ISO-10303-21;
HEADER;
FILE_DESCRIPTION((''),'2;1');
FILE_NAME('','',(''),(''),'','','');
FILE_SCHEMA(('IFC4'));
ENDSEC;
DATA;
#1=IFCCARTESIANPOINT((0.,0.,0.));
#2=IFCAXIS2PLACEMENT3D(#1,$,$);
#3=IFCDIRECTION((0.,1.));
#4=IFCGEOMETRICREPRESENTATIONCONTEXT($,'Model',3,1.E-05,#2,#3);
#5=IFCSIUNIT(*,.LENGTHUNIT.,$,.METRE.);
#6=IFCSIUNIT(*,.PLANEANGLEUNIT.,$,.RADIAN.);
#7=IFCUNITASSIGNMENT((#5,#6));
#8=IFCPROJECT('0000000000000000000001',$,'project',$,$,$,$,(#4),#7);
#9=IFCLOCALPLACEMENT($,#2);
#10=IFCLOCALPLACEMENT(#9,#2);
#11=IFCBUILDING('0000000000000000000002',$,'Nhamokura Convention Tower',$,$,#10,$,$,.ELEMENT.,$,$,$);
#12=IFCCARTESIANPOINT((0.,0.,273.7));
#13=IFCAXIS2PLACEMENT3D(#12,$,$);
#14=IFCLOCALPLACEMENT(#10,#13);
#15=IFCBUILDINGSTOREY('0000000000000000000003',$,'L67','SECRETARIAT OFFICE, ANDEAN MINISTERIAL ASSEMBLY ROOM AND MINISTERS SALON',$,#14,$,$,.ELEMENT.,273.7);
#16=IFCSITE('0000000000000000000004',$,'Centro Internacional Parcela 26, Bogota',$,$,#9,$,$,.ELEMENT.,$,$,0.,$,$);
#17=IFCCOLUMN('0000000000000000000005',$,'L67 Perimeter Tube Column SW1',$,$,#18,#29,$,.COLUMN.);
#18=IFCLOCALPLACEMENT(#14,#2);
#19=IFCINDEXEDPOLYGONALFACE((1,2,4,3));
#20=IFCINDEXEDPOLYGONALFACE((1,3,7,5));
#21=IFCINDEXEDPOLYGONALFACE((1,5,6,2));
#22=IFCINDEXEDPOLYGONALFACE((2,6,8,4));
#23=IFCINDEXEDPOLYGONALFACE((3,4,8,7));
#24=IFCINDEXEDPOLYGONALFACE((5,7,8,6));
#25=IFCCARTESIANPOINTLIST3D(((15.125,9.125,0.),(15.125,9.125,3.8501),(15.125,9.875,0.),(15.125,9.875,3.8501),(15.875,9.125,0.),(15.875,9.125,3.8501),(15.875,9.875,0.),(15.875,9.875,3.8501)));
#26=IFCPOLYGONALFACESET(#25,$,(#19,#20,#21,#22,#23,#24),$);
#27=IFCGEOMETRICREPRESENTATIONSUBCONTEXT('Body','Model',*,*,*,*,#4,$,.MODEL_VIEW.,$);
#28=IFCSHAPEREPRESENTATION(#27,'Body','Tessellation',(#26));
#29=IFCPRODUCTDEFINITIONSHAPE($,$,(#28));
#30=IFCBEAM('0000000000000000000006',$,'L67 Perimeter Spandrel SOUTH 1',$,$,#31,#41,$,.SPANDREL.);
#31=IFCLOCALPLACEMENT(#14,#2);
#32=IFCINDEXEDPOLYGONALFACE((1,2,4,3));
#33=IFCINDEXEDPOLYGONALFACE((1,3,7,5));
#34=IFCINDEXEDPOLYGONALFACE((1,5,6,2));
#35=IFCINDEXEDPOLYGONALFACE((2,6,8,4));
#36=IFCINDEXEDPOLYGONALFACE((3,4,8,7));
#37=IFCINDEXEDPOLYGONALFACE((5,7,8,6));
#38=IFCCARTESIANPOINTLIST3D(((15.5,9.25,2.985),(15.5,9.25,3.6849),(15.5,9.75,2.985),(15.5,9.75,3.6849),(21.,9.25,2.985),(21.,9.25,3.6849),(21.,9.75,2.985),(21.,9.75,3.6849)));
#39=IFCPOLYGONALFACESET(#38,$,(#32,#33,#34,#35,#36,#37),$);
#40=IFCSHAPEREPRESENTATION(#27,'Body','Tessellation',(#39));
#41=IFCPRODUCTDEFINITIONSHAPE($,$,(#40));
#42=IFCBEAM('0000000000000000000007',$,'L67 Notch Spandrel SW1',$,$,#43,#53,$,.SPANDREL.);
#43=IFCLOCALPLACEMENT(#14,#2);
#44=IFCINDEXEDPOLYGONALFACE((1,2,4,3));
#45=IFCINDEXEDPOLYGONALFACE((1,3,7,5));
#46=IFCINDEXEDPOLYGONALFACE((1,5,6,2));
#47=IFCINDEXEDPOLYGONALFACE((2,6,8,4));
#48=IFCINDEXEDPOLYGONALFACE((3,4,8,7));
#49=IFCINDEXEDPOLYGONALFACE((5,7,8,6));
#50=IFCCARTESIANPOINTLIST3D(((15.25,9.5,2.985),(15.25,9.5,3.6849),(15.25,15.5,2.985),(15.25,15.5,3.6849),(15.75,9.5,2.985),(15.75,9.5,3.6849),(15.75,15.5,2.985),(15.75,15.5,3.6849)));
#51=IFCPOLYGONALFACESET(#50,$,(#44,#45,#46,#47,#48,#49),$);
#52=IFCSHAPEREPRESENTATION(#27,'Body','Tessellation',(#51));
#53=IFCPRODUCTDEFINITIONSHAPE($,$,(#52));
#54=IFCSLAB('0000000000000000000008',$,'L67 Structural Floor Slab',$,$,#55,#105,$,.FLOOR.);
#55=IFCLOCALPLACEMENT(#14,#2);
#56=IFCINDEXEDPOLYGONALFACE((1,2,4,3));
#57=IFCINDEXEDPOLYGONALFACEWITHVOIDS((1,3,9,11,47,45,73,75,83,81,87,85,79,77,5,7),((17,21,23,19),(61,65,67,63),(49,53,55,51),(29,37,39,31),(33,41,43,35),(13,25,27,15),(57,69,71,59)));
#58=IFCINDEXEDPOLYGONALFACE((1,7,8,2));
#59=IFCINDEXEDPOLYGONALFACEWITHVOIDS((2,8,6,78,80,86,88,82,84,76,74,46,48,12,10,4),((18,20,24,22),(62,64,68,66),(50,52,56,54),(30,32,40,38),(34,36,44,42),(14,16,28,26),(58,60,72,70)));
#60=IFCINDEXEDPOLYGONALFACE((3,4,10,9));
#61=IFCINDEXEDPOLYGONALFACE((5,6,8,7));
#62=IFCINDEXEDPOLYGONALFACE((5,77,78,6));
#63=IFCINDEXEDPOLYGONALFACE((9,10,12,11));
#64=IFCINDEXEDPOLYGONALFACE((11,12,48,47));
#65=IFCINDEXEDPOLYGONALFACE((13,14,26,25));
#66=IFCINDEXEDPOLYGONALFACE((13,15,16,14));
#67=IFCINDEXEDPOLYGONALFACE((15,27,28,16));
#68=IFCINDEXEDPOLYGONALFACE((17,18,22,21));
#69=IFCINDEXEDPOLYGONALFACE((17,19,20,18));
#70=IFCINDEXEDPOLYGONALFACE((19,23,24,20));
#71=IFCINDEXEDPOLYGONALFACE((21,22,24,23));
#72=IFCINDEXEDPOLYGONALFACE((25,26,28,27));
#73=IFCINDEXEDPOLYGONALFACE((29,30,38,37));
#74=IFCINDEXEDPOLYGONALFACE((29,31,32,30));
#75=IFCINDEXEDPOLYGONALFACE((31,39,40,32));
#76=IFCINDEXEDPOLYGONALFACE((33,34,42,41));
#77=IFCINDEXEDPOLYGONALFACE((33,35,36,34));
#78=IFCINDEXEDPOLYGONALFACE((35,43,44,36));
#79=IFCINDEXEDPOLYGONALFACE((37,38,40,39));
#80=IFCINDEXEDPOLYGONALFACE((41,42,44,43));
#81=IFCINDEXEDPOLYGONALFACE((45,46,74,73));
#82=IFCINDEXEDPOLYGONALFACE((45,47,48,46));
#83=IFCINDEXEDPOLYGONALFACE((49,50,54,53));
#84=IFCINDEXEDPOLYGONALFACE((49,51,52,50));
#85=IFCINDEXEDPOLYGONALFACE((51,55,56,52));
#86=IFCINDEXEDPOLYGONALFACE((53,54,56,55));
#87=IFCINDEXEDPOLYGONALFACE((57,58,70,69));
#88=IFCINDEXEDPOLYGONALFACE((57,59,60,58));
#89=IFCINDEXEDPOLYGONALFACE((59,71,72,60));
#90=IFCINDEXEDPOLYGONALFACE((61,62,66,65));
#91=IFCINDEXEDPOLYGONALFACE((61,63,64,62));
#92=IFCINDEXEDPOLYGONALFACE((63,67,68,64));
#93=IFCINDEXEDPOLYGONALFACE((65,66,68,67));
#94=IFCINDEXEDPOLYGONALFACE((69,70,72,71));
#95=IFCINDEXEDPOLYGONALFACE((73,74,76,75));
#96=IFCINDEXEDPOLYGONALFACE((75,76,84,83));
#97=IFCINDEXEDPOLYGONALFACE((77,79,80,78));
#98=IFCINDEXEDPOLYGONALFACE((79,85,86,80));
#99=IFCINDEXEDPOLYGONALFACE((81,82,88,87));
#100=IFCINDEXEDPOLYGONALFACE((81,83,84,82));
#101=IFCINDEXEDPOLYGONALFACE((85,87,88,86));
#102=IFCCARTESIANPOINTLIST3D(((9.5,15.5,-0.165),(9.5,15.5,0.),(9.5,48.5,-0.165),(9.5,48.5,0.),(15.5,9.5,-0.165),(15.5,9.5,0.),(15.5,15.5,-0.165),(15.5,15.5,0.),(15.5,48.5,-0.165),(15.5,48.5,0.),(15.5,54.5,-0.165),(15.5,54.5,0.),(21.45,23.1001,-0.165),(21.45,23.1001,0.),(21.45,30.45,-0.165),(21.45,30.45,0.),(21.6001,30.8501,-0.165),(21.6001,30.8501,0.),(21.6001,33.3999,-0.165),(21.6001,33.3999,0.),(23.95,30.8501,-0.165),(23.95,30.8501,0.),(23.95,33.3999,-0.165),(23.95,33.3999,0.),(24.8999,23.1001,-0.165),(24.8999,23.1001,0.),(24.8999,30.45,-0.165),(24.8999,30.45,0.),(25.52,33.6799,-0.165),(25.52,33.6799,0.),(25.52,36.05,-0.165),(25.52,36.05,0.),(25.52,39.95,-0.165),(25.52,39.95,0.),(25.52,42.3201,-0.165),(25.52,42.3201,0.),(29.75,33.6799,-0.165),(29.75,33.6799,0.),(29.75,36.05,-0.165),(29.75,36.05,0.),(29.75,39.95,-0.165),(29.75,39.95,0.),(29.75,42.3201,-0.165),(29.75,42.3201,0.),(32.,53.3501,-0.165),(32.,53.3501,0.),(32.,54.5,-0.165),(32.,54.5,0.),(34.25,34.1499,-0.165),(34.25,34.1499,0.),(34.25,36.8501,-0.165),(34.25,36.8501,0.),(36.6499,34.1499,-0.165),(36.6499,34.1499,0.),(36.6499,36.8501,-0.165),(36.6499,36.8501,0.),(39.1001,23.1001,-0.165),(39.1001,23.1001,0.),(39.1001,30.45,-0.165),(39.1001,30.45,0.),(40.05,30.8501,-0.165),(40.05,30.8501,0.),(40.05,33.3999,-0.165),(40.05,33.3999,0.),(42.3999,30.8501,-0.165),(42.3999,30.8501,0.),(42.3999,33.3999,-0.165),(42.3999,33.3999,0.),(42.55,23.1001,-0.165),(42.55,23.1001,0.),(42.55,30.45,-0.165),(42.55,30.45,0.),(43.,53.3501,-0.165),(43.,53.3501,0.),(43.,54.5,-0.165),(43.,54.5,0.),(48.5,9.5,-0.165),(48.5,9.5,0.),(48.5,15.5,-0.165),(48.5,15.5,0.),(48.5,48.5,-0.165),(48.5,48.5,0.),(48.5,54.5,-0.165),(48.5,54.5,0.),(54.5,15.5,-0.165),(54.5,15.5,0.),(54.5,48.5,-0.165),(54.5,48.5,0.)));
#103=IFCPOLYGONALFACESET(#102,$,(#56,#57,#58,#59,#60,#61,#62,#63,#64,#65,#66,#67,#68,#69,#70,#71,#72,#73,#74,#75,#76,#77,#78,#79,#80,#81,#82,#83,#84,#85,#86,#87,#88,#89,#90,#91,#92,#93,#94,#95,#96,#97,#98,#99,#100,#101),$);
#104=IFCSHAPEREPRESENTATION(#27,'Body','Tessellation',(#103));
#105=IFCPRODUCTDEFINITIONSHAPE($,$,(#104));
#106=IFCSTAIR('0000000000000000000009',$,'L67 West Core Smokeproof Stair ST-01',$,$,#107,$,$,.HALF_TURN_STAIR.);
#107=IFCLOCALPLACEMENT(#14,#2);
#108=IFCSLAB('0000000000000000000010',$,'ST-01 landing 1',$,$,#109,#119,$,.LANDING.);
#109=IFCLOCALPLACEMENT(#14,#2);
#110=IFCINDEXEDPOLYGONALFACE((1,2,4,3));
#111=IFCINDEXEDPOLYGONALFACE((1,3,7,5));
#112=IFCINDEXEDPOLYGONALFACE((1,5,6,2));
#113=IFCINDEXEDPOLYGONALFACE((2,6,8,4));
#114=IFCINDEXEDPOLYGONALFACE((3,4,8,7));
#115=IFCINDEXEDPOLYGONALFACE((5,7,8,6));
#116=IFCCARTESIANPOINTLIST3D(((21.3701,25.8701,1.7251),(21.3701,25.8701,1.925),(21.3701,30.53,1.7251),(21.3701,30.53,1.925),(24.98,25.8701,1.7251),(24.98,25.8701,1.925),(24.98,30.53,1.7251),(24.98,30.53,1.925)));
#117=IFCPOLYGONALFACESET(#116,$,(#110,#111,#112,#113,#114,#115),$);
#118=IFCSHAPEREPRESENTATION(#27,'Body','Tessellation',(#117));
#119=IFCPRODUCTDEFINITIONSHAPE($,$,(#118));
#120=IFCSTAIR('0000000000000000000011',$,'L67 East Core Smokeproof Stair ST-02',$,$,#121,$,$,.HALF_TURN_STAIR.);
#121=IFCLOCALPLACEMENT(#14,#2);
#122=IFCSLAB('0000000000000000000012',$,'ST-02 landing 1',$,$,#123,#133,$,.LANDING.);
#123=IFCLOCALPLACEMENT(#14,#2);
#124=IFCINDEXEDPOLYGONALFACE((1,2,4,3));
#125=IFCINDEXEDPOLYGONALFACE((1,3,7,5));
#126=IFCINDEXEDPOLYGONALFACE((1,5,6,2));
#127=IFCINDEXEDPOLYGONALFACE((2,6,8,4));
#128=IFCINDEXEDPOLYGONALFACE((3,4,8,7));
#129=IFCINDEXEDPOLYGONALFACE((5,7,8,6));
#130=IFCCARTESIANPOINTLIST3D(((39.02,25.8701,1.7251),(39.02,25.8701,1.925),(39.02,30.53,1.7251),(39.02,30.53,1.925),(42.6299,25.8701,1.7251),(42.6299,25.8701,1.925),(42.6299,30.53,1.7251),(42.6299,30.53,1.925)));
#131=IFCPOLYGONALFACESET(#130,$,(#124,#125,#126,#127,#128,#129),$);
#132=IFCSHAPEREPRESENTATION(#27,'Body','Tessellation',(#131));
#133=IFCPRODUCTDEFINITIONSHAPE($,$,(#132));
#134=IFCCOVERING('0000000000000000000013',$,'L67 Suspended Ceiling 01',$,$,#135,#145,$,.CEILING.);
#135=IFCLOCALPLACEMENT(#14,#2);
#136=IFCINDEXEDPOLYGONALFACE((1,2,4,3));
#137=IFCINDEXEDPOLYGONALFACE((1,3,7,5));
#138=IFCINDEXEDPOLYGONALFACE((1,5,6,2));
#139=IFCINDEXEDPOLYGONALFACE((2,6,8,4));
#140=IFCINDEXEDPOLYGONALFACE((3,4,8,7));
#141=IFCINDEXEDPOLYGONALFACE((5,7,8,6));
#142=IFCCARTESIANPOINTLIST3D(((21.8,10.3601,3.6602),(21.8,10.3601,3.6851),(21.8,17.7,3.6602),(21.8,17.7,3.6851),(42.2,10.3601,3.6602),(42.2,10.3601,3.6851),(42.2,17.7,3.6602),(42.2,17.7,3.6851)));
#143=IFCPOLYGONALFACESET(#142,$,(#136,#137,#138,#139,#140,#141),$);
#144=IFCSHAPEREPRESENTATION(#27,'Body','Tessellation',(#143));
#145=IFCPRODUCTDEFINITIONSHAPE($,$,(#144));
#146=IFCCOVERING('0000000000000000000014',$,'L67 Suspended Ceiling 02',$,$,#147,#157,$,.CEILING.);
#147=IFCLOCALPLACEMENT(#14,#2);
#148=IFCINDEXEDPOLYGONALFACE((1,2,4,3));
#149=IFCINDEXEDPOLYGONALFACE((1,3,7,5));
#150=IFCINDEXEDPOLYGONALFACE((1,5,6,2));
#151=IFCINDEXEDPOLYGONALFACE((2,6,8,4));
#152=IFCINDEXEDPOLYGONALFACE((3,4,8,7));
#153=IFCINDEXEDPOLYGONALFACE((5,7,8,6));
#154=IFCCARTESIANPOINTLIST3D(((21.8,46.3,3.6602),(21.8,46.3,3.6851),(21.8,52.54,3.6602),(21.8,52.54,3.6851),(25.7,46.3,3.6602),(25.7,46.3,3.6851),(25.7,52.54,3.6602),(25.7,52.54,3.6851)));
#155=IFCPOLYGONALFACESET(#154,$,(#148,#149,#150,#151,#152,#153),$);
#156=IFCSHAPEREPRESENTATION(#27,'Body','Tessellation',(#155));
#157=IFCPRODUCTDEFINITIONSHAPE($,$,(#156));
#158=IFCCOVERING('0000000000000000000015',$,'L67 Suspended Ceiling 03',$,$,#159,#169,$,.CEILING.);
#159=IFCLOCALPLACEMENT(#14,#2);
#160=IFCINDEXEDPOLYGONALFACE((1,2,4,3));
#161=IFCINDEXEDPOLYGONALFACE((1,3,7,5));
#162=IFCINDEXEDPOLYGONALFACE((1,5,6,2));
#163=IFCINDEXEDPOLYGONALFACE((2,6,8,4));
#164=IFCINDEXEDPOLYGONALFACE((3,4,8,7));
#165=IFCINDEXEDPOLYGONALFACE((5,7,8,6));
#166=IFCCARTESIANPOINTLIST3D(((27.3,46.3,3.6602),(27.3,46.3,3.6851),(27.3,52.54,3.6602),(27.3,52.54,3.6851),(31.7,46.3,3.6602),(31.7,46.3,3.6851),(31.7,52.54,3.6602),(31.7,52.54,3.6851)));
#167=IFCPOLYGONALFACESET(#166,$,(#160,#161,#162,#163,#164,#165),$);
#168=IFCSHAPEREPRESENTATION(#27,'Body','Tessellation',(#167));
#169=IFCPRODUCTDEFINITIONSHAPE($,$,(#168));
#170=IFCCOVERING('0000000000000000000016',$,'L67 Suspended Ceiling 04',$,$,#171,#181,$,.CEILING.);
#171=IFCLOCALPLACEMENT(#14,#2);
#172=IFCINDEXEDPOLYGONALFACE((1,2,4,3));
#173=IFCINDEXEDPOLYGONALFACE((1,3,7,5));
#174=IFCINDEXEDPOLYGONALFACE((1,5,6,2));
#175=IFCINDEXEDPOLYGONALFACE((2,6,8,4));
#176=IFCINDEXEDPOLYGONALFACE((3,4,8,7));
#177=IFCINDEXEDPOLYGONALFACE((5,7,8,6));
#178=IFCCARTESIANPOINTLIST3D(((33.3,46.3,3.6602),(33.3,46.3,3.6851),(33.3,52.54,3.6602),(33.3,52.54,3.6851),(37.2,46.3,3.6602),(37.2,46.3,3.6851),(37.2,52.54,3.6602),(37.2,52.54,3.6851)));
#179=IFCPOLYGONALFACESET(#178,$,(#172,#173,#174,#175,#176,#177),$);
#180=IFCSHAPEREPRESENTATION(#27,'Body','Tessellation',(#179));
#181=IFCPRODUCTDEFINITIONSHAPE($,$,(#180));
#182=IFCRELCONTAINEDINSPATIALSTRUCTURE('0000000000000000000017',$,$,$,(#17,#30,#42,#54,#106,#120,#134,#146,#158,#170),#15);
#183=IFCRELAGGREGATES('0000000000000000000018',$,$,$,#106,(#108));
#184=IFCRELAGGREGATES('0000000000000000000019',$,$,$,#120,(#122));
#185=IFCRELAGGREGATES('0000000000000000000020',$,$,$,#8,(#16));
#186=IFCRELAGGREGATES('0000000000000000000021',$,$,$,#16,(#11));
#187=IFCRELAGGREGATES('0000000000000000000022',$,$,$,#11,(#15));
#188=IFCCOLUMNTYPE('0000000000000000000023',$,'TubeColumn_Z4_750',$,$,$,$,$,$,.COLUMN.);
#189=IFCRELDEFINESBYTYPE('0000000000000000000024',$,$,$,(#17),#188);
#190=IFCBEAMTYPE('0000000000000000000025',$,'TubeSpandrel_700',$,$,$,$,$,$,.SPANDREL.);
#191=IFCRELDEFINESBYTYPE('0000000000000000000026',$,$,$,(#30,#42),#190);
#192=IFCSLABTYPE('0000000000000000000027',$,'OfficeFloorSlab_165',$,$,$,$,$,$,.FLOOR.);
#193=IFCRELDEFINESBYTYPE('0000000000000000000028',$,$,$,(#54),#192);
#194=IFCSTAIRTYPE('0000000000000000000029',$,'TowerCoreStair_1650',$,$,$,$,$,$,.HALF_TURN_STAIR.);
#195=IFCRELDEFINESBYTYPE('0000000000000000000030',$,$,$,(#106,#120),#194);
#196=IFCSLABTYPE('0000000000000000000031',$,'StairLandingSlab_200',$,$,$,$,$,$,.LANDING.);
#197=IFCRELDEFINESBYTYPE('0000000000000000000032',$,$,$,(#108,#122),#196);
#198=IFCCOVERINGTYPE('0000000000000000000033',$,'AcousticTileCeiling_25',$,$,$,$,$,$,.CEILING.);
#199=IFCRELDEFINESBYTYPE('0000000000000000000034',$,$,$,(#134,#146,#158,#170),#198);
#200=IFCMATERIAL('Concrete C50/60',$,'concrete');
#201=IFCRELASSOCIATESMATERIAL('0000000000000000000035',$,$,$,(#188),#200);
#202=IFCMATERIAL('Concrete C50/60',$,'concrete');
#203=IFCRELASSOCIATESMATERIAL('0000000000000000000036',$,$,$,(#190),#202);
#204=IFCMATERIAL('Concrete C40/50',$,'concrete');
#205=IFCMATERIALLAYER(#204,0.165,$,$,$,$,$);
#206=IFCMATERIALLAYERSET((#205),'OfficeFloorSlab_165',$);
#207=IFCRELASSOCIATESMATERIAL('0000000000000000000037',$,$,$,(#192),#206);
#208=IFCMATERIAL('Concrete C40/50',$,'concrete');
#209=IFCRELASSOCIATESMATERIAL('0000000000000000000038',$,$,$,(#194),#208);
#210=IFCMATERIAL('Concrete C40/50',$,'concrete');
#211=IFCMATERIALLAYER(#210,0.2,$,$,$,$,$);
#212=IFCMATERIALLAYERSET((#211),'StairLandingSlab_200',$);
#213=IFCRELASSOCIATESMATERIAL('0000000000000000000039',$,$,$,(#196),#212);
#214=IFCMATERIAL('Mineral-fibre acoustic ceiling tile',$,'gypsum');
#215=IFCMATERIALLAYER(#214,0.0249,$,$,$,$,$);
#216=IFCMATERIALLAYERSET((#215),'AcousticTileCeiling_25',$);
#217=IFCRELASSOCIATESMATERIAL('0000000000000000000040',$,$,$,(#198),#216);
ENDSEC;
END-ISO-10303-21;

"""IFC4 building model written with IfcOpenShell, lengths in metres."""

from ifc_helpers import new_model, si_unit, direction, frame, origin, origin_2d, place, context, subcontext, project, spatial, polyline, rectangle, outline, extrude, material, layer, layer_set, material_profile, profile_set, type_object, element, aggregate, save


model = new_model("IFC4")

# Units and contexts
model_context = context("Model", 3, precision=1e-05, world=origin(), true_north=direction((0.0, 1.0)))
body_context = subcontext(model_context, "Body", "Model", "MODEL_VIEW")
ifc_project = project(units=[si_unit("LENGTHUNIT", "METRE"), si_unit("PLANEANGLEUNIT", "RADIAN")], contexts=[model_context])

# Site, building, storey
site_placement = place(None, origin())
site = spatial("IfcSite", under=ifc_project, at=site_placement, Name="Centro Internacional Parcela 26, Bogota", CompositionType="ELEMENT", RefElevation=0.0)
building_placement = place(site_placement, origin())
building = spatial("IfcBuilding", under=site, at=building_placement, Name="Nhamokura Convention Tower", CompositionType="ELEMENT")
storey_placement = place(building_placement, frame((0.0, 0.0, 273.7)))
storey = spatial("IfcBuildingStorey", under=building, at=storey_placement, Name="L67", Description="SECRETARIAT OFFICE, ANDEAN MINISTERIAL ASSEMBLY ROOM AND MINISTERS SALON", CompositionType="ELEMENT", Elevation=273.7)

# Column
ifc_material_1 = material(Name="Concrete C50/60", Category="concrete")
ifc_material_profile_1 = material_profile(ifc_material_1, rectangle(XDim=0.75, YDim=0.75, at=origin_2d()))
ifc_profile_set_1 = profile_set([ifc_material_profile_1], Name="Concrete C50/60")
column_type = type_object("IfcColumnType", Name="TubeColumn_Z4_750", PredefinedType="COLUMN", material=ifc_profile_set_1)
column_placement = place(storey_placement, frame((15.5, 9.5, 0.0), z_axis=(0.0, 0.0, 1.0), x_axis=(1.0, 0.0, 0.0)))
element("IfcColumn", 1, at=column_placement, inside=storey, type_object=column_type, Name="L67 Perimeter Tube Column SW1", PredefinedType="COLUMN", context=body_context, shape_type="SweptSolid", body=[
    extrude(rectangle(XDim=0.75, YDim=0.75, at=origin_2d()), origin(), (0.0, 0.0, 1.0), 3.8501),
])

# Beams
ifc_material_2 = material(Name="Concrete C50/60", Category="concrete")
ifc_material_profile_2 = material_profile(ifc_material_2, rectangle(XDim=0.5, YDim=0.7, at=origin_2d()))
ifc_profile_set_2 = profile_set([ifc_material_profile_2], Name="Concrete C50/60")
beam_type = type_object("IfcBeamType", Name="TubeSpandrel_700", PredefinedType="SPANDREL", material=ifc_profile_set_2)
beam_1_placement = place(storey_placement, frame((15.5, 9.5, 3.335), z_axis=(1.0, 0.0, 0.0), x_axis=(0.0, 1.0, 0.0)))
element("IfcBeam", 2, at=beam_1_placement, inside=storey, type_object=beam_type, Name="L67 Perimeter Spandrel SOUTH 1", PredefinedType="SPANDREL", context=body_context, shape_type="SweptSolid", body=[
    extrude(rectangle(XDim=0.5, YDim=0.7, at=origin_2d()), origin(), (0.0, 0.0, 1.0), 5.5),
])
beam_2_placement = place(storey_placement, frame((15.5, 9.5, 3.335), z_axis=(0.0, 1.0, 0.0), x_axis=(-1.0, 0.0, 0.0)))
element("IfcBeam", 3, at=beam_2_placement, inside=storey, type_object=beam_type, Name="L67 Notch Spandrel SW1", PredefinedType="SPANDREL", context=body_context, shape_type="SweptSolid", body=[
    extrude(rectangle(XDim=0.5, YDim=0.7, at=origin_2d()), origin(), (0.0, 0.0, 1.0), 6.0),
])

# Slab
ifc_material_3 = material(Name="Concrete C40/50", Category="concrete")
ifc_layer_1 = layer(ifc_material_3, 0.165)
ifc_layer_set_1 = layer_set([ifc_layer_1], Name="OfficeFloorSlab_165")
slab_type_1 = type_object("IfcSlabType", Name="OfficeFloorSlab_165", PredefinedType="FLOOR", material=ifc_layer_set_1)
slab_1_placement = place(storey_placement, frame((0.0, 0.0, -0.165)))
element("IfcSlab", 4, at=slab_1_placement, inside=storey, type_object=slab_type_1, Name="L67 Structural Floor Slab", PredefinedType="FLOOR", context=body_context, shape_type="SweptSolid", body=[
    extrude(outline(polyline([(15.5, 9.5), (48.5, 9.5), (48.5, 15.5), (54.5, 15.5), (54.5, 48.5), (48.5, 48.5), (48.5, 54.5), (43.0, 54.5), (43.0, 53.3501), (32.0, 53.3501), (32.0, 54.5), (15.5, 54.5), (15.5, 48.5), (9.5, 48.5), (9.5, 15.5), (15.5, 15.5), (15.5, 9.5)]), holes=[polyline([(24.8999, 23.1001), (24.8999, 30.45), (21.45, 30.45), (21.45, 23.1001), (24.8999, 23.1001)]), polyline([(42.55, 23.1001), (42.55, 30.45), (39.1001, 30.45), (39.1001, 23.1001), (42.55, 23.1001)]), polyline([(21.6001, 30.8501), (23.95, 30.8501), (23.95, 33.3999), (21.6001, 33.3999), (21.6001, 30.8501)]), polyline([(40.05, 30.8501), (42.3999, 30.8501), (42.3999, 33.3999), (40.05, 33.3999), (40.05, 30.8501)]), polyline([(34.25, 34.1499), (36.6499, 34.1499), (36.6499, 36.8501), (34.25, 36.8501), (34.25, 34.1499)]), polyline([(25.52, 33.6799), (29.75, 33.6799), (29.75, 36.05), (25.52, 36.05), (25.52, 33.6799)]), polyline([(25.52, 39.95), (29.75, 39.95), (29.75, 42.3201), (25.52, 42.3201), (25.52, 39.95)])]), origin(), (0.0, 0.0, 1.0), 0.165),
])

# Stairs, slabs
ifc_material_4 = material(Name="Concrete C40/50", Category="concrete")
stair_type = type_object("IfcStairType", Name="TowerCoreStair_1650", PredefinedType="HALF_TURN_STAIR", material=ifc_material_4)
stair_1_placement = place(storey_placement, origin())
stair_1 = element("IfcStair", 5, at=stair_1_placement, inside=storey, type_object=stair_type, Name="L67 West Core Smokeproof Stair ST-01", PredefinedType="HALF_TURN_STAIR")
ifc_material_5 = material(Name="Concrete C40/50", Category="concrete")
ifc_layer_2 = layer(ifc_material_5, 0.2)
ifc_layer_set_2 = layer_set([ifc_layer_2], Name="StairLandingSlab_200")
slab_type_2 = type_object("IfcSlabType", Name="StairLandingSlab_200", PredefinedType="LANDING", material=ifc_layer_set_2)
slab_2_placement = place(storey_placement, frame((0.0, 0.0, 1.7251)))
slab_2 = element("IfcSlab", 6, at=slab_2_placement, type_object=slab_type_2, Name="ST-01 landing 1", PredefinedType="LANDING", context=body_context, shape_type="SweptSolid", body=[
    extrude(outline(polyline([(24.98, 25.8701), (24.98, 30.53), (21.3701, 30.53), (21.3701, 25.8701), (24.98, 25.8701)])), origin(), (0.0, 0.0, 1.0), 0.2),
])
aggregate(stair_1, [slab_2])
stair_2_placement = place(storey_placement, origin())
stair_2 = element("IfcStair", 7, at=stair_2_placement, inside=storey, type_object=stair_type, Name="L67 East Core Smokeproof Stair ST-02", PredefinedType="HALF_TURN_STAIR")
slab_3_placement = place(storey_placement, frame((0.0, 0.0, 1.7251)))
slab_3 = element("IfcSlab", 8, at=slab_3_placement, type_object=slab_type_2, Name="ST-02 landing 1", PredefinedType="LANDING", context=body_context, shape_type="SweptSolid", body=[
    extrude(outline(polyline([(42.6299, 25.8701), (42.6299, 30.53), (39.02, 30.53), (39.02, 25.8701), (42.6299, 25.8701)])), origin(), (0.0, 0.0, 1.0), 0.2),
])
aggregate(stair_2, [slab_3])

# Coverings
ifc_material_6 = material(Name="Mineral-fibre acoustic ceiling tile", Category="gypsum")
ifc_layer_3 = layer(ifc_material_6, 0.0249)
ifc_layer_set_3 = layer_set([ifc_layer_3], Name="AcousticTileCeiling_25")
covering_type_1 = type_object("IfcCoveringType", Name="AcousticTileCeiling_25", PredefinedType="CEILING", material=ifc_layer_set_3)
covering_1_placement = place(storey_placement, frame((0.0, 0.0, 3.6602)))
element("IfcCovering", 9, at=covering_1_placement, inside=storey, type_object=covering_type_1, Name="L67 Suspended Ceiling 01", PredefinedType="CEILING", context=body_context, shape_type="SweptSolid", body=[
    extrude(outline(polyline([(21.8, 10.3601), (42.2, 10.3601), (42.2, 17.7), (21.8, 17.7), (21.8, 10.3601)])), origin(), (0.0, 0.0, 1.0), 0.0249),
])
covering_2_placement = place(storey_placement, frame((0.0, 0.0, 3.6602)))
element("IfcCovering", 10, at=covering_2_placement, inside=storey, type_object=covering_type_1, Name="L67 Suspended Ceiling 02", PredefinedType="CEILING", context=body_context, shape_type="SweptSolid", body=[
    extrude(outline(polyline([(21.8, 46.3), (25.7, 46.3), (25.7, 52.54), (21.8, 52.54), (21.8, 46.3)])), origin(), (0.0, 0.0, 1.0), 0.0249),
])
covering_3_placement = place(storey_placement, frame((0.0, 0.0, 3.6602)))
element("IfcCovering", 11, at=covering_3_placement, inside=storey, type_object=covering_type_1, Name="L67 Suspended Ceiling 03", PredefinedType="CEILING", context=body_context, shape_type="SweptSolid", body=[
    extrude(outline(polyline([(27.3, 46.3), (31.7, 46.3), (31.7, 52.54), (27.3, 52.54), (27.3, 46.3)])), origin(), (0.0, 0.0, 1.0), 0.0249),
])
covering_4_placement = place(storey_placement, frame((0.0, 0.0, 3.6602)))
element("IfcCovering", 12, at=covering_4_placement, inside=storey, type_object=covering_type_1, Name="L67 Suspended Ceiling 04", PredefinedType="CEILING", context=body_context, shape_type="SweptSolid", body=[
    extrude(outline(polyline([(33.3, 46.3), (37.2, 46.3), (37.2, 52.54), (33.3, 52.54), (33.3, 46.3)])), origin(), (0.0, 0.0, 1.0), 0.0249),
])

save(model, "model.ifc")
